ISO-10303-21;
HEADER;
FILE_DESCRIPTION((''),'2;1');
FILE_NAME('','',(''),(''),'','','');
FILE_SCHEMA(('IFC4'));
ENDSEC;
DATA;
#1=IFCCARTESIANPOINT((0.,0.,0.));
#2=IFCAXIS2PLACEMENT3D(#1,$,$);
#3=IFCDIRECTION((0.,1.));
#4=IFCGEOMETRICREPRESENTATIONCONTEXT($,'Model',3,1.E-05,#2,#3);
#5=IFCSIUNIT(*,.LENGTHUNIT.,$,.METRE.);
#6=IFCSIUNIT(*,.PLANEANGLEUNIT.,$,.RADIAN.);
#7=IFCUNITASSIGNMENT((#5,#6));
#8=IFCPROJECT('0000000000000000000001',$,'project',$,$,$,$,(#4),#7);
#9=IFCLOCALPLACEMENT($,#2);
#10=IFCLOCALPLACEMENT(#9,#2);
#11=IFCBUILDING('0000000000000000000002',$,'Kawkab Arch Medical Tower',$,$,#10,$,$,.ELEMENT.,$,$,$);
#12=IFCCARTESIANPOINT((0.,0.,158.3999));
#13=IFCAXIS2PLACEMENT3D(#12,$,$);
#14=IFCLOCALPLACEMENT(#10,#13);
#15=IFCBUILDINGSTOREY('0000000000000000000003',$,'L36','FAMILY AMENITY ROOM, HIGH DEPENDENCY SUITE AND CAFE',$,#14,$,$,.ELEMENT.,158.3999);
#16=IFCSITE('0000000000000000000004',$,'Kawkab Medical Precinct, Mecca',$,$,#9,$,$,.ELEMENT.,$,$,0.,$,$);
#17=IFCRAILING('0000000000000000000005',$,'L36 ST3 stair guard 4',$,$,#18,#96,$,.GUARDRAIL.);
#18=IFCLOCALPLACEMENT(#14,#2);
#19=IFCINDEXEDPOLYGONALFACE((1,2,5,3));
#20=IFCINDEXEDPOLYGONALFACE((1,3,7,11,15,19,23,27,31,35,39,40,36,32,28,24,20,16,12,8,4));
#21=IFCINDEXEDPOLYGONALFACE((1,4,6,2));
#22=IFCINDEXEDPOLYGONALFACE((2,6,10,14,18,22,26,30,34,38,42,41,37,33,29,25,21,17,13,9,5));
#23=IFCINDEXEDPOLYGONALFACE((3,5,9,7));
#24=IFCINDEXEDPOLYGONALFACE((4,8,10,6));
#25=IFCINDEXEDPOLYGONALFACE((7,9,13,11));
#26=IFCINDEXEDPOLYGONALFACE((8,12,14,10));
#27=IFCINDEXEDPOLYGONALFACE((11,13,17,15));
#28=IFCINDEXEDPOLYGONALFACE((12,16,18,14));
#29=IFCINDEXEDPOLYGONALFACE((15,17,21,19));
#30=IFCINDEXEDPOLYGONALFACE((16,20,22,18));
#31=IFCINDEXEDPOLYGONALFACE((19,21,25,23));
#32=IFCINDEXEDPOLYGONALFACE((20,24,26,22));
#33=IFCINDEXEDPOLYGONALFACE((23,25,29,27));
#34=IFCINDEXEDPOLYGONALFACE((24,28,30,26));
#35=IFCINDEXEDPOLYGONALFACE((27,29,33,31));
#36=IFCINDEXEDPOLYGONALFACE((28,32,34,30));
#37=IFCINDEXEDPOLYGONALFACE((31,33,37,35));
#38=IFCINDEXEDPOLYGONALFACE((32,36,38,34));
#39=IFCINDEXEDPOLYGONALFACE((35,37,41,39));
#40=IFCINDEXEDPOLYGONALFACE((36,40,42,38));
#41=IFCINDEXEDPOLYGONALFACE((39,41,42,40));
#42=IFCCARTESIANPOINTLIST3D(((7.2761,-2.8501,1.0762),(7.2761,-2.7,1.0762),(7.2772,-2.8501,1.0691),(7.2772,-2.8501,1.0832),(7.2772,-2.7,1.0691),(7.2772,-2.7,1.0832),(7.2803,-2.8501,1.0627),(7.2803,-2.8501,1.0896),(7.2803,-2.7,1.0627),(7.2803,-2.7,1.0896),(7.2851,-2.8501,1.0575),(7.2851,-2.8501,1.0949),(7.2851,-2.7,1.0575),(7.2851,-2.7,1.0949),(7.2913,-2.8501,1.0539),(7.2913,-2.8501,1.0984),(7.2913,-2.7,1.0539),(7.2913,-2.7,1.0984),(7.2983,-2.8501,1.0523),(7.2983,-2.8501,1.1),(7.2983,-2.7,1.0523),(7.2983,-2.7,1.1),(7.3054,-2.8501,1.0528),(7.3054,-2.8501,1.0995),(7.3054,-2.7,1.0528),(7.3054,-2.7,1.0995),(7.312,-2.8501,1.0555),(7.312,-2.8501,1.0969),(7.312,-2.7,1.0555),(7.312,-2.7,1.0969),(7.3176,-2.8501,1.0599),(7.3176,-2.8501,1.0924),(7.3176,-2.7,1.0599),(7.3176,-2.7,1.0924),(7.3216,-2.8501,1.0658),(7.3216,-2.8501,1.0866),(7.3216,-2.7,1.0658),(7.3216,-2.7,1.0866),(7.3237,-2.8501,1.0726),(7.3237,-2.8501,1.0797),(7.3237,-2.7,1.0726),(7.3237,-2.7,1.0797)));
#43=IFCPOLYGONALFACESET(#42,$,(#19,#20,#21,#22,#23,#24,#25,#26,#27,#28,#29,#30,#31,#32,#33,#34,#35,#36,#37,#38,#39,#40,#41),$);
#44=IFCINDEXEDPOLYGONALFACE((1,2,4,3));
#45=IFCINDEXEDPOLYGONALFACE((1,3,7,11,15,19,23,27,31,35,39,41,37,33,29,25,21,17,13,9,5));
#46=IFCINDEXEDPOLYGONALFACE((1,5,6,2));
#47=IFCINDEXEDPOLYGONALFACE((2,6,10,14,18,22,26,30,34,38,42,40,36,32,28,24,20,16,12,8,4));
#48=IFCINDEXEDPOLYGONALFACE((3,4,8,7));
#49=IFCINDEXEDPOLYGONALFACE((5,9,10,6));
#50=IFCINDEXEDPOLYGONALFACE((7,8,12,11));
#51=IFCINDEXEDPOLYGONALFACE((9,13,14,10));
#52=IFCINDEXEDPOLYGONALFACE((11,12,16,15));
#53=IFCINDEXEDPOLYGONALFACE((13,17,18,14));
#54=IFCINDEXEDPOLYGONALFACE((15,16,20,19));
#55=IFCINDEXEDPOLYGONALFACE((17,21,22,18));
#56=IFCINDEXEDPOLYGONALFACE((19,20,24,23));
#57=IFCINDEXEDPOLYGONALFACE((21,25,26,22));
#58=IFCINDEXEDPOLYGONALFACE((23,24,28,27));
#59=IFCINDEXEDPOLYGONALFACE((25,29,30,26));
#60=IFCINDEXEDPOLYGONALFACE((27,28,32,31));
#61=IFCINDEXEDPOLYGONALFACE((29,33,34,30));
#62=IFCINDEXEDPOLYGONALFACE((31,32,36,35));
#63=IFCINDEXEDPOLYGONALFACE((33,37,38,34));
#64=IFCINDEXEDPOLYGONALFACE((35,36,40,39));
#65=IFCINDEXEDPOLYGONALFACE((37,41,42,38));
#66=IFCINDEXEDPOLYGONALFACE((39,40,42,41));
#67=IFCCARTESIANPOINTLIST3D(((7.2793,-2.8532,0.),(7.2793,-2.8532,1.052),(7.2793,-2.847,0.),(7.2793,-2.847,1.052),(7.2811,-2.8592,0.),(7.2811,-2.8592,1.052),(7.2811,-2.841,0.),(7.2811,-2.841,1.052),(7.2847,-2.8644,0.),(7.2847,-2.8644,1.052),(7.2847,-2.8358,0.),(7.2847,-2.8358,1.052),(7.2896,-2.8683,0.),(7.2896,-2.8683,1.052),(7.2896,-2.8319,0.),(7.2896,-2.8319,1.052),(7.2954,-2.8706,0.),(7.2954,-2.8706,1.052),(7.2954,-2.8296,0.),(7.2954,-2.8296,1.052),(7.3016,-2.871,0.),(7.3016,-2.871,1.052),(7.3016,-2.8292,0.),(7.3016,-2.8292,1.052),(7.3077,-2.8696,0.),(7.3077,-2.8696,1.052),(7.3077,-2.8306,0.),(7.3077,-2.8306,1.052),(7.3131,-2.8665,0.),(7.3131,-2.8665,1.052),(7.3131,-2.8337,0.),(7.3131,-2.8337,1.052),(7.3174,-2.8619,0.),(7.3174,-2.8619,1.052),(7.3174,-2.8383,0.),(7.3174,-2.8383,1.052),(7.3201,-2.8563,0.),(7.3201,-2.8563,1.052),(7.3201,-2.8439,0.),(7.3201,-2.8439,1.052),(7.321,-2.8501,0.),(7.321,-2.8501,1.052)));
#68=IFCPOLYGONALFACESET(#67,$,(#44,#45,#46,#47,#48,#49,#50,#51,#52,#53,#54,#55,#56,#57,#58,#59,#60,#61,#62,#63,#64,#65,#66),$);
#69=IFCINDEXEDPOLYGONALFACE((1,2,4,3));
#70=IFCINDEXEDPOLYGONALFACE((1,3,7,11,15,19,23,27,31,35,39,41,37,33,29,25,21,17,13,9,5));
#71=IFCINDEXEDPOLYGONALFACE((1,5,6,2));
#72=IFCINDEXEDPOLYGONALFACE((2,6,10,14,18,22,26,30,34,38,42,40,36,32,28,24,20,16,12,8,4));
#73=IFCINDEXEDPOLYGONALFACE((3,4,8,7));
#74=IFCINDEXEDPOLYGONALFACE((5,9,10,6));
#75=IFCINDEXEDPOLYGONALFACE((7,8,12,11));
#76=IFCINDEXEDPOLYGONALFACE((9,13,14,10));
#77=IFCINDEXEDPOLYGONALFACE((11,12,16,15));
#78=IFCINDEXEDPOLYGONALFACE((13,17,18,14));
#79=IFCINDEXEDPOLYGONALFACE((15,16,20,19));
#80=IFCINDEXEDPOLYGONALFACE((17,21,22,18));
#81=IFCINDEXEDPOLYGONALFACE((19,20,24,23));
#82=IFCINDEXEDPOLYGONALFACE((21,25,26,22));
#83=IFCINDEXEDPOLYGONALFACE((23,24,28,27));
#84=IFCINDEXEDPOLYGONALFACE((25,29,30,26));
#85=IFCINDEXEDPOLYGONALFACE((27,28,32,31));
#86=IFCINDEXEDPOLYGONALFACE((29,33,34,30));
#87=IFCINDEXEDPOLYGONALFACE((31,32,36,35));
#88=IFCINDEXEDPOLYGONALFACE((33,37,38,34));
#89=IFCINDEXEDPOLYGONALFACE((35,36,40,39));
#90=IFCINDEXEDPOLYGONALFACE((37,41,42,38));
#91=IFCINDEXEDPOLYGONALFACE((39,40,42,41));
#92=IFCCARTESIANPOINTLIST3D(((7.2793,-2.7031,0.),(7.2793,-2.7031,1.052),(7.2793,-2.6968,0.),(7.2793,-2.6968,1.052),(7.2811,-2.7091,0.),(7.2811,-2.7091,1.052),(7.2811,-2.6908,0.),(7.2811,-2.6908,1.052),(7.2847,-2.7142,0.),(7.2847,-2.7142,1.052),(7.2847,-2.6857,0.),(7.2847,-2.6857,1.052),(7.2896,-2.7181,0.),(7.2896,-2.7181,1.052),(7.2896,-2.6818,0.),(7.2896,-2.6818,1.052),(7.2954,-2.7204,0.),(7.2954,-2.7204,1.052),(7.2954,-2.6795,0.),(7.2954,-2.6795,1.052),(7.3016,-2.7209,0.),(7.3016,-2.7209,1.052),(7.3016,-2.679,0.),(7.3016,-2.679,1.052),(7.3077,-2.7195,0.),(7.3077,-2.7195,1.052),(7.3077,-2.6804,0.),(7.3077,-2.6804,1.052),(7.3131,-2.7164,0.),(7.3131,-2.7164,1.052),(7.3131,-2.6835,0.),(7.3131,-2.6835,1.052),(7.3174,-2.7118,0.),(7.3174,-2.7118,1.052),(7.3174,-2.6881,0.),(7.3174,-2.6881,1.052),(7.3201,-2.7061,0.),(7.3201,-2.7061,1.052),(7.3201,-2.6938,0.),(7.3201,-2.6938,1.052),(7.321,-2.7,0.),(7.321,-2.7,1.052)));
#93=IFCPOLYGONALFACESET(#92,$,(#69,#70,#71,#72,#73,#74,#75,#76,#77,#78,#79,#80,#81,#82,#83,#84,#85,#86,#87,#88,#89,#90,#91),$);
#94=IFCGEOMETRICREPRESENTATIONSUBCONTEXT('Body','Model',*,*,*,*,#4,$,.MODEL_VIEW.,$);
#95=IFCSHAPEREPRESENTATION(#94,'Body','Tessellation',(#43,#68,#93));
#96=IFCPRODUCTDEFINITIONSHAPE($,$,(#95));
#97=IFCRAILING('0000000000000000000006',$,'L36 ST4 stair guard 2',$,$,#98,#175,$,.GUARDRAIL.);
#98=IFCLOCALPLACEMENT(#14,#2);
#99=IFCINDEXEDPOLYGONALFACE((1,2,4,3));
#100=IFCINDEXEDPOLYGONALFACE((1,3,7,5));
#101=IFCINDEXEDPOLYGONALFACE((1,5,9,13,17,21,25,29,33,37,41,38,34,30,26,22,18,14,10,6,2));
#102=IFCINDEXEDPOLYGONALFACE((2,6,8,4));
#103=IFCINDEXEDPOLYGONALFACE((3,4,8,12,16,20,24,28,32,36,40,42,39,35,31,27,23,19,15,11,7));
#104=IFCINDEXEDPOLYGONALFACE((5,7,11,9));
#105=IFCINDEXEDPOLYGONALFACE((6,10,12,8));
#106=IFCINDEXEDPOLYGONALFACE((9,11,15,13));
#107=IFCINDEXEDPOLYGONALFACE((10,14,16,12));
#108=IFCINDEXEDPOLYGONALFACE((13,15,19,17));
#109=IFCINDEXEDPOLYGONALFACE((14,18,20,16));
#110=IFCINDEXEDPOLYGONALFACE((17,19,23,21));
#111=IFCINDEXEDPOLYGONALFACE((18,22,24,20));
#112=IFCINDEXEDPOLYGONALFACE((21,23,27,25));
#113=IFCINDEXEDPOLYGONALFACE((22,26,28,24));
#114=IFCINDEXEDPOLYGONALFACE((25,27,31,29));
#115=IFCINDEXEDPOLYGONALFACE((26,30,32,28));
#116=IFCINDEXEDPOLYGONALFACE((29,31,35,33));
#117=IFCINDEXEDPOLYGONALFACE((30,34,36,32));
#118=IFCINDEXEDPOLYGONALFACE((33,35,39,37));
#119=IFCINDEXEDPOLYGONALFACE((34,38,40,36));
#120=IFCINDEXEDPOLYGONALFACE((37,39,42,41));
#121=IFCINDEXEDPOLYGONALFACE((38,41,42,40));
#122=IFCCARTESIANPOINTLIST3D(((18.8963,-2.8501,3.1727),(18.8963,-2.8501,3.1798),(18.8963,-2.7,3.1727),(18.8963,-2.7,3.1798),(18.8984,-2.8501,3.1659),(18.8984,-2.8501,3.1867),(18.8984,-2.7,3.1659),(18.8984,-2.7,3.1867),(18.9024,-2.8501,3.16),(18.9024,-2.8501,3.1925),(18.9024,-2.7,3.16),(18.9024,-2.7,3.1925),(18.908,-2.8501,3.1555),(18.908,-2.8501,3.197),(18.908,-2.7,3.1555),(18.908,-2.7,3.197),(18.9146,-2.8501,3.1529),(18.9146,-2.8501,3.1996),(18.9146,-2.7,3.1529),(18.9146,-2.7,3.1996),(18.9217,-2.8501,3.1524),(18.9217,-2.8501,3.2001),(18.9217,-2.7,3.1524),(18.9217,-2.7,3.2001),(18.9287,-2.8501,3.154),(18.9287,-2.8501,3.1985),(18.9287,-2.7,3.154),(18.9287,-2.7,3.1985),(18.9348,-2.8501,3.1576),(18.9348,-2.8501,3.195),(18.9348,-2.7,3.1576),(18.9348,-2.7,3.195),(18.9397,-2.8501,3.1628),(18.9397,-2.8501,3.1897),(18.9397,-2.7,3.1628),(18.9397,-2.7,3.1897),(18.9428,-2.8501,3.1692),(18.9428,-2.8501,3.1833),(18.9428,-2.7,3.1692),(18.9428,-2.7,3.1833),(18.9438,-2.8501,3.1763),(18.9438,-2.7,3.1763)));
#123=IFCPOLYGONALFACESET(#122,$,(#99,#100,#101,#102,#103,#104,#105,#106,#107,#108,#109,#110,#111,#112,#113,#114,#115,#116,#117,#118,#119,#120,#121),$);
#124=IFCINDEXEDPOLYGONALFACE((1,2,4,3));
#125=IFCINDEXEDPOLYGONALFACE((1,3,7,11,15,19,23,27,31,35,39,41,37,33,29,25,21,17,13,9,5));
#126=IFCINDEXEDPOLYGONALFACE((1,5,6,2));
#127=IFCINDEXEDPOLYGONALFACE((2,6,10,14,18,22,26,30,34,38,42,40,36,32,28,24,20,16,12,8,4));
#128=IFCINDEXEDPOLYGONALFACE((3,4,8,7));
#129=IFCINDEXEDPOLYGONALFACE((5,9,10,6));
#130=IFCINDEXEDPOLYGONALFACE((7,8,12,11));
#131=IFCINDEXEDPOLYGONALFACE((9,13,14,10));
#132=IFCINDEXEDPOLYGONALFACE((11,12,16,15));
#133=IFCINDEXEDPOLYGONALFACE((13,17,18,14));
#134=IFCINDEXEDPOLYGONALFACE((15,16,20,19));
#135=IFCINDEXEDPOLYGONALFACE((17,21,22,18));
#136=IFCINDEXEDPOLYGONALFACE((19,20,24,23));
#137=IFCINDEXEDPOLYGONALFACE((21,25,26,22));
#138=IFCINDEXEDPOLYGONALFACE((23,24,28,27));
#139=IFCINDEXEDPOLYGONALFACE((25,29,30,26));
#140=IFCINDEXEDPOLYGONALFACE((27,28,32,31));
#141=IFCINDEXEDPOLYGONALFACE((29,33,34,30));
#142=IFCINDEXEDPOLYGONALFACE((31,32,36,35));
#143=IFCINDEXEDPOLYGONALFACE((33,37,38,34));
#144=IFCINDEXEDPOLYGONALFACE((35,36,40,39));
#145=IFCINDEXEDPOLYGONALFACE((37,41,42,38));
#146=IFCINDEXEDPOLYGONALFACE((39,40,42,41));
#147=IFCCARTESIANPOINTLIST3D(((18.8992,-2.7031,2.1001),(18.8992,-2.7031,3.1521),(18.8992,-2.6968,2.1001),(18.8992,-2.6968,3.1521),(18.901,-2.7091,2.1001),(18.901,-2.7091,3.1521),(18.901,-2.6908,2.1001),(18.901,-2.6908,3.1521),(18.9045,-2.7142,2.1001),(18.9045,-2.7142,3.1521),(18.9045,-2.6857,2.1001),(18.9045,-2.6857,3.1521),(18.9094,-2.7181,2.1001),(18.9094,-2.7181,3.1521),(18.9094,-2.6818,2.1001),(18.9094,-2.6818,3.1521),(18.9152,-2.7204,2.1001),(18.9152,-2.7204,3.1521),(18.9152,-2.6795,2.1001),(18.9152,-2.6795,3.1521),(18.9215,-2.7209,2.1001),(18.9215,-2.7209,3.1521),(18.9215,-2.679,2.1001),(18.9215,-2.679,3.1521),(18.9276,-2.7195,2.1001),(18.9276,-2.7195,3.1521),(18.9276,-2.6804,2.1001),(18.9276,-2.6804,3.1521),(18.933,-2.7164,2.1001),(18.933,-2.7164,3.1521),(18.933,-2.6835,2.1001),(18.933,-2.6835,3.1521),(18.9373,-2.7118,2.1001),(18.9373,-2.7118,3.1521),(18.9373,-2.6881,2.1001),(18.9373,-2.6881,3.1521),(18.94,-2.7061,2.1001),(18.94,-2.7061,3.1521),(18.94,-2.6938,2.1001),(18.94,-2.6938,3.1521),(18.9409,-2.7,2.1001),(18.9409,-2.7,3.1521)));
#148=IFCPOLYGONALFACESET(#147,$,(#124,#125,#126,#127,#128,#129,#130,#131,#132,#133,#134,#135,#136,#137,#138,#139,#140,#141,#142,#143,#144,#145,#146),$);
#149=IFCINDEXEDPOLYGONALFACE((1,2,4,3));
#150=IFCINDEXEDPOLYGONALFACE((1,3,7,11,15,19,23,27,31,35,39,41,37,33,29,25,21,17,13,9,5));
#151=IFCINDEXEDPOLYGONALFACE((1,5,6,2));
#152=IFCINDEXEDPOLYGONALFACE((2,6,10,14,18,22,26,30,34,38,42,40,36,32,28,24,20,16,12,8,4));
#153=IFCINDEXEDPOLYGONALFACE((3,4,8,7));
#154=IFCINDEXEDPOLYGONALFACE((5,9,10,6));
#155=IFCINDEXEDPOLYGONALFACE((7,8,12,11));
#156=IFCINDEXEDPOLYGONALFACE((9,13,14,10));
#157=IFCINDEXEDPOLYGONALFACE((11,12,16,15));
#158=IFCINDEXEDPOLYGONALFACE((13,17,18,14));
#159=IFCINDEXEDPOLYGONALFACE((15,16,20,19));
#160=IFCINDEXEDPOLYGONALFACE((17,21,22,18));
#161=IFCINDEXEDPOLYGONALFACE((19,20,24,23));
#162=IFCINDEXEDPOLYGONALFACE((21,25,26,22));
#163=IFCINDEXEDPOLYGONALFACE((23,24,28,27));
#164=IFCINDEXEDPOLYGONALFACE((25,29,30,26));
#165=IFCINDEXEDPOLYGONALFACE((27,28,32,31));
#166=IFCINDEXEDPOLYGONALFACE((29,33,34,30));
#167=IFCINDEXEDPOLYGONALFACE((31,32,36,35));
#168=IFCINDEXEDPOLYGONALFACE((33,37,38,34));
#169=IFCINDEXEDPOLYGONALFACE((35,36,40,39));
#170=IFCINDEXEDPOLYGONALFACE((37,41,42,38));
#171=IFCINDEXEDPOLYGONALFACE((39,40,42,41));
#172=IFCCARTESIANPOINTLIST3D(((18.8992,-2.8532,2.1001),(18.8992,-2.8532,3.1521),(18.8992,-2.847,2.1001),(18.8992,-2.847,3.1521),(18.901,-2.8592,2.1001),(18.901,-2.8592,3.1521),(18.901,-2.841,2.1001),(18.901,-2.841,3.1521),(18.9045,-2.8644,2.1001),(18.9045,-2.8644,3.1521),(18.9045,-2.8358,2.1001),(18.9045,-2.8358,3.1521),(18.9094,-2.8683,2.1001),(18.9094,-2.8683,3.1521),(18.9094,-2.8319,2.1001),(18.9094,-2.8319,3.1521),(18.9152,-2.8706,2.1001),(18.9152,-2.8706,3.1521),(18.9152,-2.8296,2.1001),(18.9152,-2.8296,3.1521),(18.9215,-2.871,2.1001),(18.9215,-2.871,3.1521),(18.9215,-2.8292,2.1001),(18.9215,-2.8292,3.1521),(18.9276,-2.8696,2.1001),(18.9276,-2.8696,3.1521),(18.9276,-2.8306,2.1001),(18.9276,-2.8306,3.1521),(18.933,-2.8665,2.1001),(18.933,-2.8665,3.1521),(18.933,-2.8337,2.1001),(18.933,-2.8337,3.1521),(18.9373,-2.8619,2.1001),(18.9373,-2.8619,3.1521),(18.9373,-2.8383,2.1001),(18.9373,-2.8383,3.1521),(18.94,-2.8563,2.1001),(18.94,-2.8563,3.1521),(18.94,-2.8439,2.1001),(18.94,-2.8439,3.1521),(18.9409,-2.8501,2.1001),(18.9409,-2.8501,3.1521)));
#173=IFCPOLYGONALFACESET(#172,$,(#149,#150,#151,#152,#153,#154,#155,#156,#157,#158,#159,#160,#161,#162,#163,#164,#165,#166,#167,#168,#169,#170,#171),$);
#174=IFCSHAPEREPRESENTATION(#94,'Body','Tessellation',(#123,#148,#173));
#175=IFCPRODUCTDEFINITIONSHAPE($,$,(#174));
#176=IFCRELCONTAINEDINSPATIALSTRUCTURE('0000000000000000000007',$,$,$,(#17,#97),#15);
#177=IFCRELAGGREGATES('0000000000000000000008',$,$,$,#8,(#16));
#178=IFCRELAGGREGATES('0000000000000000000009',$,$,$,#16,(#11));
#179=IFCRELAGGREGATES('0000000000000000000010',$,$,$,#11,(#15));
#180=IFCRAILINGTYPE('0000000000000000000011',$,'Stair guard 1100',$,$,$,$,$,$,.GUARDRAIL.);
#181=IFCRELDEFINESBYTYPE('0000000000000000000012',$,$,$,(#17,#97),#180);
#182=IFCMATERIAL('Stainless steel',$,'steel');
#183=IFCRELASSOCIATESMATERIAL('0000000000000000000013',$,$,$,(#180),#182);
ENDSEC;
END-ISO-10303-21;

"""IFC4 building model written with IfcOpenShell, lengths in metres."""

from ifc_helpers import new_model, si_unit, direction, frame, origin, origin_2d, place, context, subcontext, project, spatial, circle, extrude, material, type_object, element, save


model = new_model("IFC4")

# Units and contexts
model_context = context("Model", 3, precision=1e-05, world=origin(), true_north=direction((0.0, 1.0)))
body_context = subcontext(model_context, "Body", "Model", "MODEL_VIEW")
ifc_project = project(units=[si_unit("LENGTHUNIT", "METRE"), si_unit("PLANEANGLEUNIT", "RADIAN")], contexts=[model_context])

# Site, building, storey
site_placement = place(None, origin())
site = spatial("IfcSite", under=ifc_project, at=site_placement, Name="Kawkab Medical Precinct, Mecca", CompositionType="ELEMENT", RefElevation=0.0)
building_placement = place(site_placement, origin())
building = spatial("IfcBuilding", under=site, at=building_placement, Name="Kawkab Arch Medical Tower", CompositionType="ELEMENT")
storey_placement = place(building_placement, frame((0.0, 0.0, 158.3999)))
storey = spatial("IfcBuildingStorey", under=building, at=storey_placement, Name="L36", Description="FAMILY AMENITY ROOM, HIGH DEPENDENCY SUITE AND CAFE", CompositionType="ELEMENT", Elevation=158.3999)

# Railings
ifc_material_1 = material(Name="Stainless steel", Category="steel")
railing_type_1 = type_object("IfcRailingType", Name="Stair guard 1100", PredefinedType="GUARDRAIL", material=ifc_material_1)
railing_1_placement = place(storey_placement, frame((7.3, -2.8501, 0.0)))
element("IfcRailing", 1, at=railing_1_placement, inside=storey, type_object=railing_type_1, Name="L36 ST3 stair guard 4", PredefinedType="GUARDRAIL", context=body_context, shape_type="SweptSolid", body=[
    extrude(circle(Radius=0.0239, at=origin_2d()), frame((0.0, 0.0, 1.0762), z_axis=(0.0, 1.0, 0.0), x_axis=(-1.0, 0.0, 0.0)), (0.0, 0.0, 1.0), 0.1501),
    extrude(circle(Radius=0.021, at=origin_2d()), origin(), (0.0, 0.0, 1.0), 1.052),
    extrude(circle(Radius=0.021, at=origin_2d()), frame((0.0, 0.1501, 0.0)), (0.0, 0.0, 1.0), 1.052),
])
railing_2_placement = place(storey_placement, frame((18.9199, -2.7, 2.1001)))
element("IfcRailing", 2, at=railing_2_placement, inside=storey, type_object=railing_type_1, Name="L36 ST4 stair guard 2", PredefinedType="GUARDRAIL", context=body_context, shape_type="SweptSolid", body=[
    extrude(circle(Radius=0.0239, at=origin_2d()), frame((0.0, 0.0, 1.0762), z_axis=(0.0, -1.0, 0.0), x_axis=(1.0, 0.0, 0.0)), (0.0, 0.0, 1.0), 0.1501),
    extrude(circle(Radius=0.021, at=origin_2d()), origin(), (0.0, 0.0, 1.0), 1.052),
    extrude(circle(Radius=0.021, at=origin_2d()), frame((0.0, -0.1501, 0.0)), (0.0, 0.0, 1.0), 1.052),
])

save(model, "model.ifc")
